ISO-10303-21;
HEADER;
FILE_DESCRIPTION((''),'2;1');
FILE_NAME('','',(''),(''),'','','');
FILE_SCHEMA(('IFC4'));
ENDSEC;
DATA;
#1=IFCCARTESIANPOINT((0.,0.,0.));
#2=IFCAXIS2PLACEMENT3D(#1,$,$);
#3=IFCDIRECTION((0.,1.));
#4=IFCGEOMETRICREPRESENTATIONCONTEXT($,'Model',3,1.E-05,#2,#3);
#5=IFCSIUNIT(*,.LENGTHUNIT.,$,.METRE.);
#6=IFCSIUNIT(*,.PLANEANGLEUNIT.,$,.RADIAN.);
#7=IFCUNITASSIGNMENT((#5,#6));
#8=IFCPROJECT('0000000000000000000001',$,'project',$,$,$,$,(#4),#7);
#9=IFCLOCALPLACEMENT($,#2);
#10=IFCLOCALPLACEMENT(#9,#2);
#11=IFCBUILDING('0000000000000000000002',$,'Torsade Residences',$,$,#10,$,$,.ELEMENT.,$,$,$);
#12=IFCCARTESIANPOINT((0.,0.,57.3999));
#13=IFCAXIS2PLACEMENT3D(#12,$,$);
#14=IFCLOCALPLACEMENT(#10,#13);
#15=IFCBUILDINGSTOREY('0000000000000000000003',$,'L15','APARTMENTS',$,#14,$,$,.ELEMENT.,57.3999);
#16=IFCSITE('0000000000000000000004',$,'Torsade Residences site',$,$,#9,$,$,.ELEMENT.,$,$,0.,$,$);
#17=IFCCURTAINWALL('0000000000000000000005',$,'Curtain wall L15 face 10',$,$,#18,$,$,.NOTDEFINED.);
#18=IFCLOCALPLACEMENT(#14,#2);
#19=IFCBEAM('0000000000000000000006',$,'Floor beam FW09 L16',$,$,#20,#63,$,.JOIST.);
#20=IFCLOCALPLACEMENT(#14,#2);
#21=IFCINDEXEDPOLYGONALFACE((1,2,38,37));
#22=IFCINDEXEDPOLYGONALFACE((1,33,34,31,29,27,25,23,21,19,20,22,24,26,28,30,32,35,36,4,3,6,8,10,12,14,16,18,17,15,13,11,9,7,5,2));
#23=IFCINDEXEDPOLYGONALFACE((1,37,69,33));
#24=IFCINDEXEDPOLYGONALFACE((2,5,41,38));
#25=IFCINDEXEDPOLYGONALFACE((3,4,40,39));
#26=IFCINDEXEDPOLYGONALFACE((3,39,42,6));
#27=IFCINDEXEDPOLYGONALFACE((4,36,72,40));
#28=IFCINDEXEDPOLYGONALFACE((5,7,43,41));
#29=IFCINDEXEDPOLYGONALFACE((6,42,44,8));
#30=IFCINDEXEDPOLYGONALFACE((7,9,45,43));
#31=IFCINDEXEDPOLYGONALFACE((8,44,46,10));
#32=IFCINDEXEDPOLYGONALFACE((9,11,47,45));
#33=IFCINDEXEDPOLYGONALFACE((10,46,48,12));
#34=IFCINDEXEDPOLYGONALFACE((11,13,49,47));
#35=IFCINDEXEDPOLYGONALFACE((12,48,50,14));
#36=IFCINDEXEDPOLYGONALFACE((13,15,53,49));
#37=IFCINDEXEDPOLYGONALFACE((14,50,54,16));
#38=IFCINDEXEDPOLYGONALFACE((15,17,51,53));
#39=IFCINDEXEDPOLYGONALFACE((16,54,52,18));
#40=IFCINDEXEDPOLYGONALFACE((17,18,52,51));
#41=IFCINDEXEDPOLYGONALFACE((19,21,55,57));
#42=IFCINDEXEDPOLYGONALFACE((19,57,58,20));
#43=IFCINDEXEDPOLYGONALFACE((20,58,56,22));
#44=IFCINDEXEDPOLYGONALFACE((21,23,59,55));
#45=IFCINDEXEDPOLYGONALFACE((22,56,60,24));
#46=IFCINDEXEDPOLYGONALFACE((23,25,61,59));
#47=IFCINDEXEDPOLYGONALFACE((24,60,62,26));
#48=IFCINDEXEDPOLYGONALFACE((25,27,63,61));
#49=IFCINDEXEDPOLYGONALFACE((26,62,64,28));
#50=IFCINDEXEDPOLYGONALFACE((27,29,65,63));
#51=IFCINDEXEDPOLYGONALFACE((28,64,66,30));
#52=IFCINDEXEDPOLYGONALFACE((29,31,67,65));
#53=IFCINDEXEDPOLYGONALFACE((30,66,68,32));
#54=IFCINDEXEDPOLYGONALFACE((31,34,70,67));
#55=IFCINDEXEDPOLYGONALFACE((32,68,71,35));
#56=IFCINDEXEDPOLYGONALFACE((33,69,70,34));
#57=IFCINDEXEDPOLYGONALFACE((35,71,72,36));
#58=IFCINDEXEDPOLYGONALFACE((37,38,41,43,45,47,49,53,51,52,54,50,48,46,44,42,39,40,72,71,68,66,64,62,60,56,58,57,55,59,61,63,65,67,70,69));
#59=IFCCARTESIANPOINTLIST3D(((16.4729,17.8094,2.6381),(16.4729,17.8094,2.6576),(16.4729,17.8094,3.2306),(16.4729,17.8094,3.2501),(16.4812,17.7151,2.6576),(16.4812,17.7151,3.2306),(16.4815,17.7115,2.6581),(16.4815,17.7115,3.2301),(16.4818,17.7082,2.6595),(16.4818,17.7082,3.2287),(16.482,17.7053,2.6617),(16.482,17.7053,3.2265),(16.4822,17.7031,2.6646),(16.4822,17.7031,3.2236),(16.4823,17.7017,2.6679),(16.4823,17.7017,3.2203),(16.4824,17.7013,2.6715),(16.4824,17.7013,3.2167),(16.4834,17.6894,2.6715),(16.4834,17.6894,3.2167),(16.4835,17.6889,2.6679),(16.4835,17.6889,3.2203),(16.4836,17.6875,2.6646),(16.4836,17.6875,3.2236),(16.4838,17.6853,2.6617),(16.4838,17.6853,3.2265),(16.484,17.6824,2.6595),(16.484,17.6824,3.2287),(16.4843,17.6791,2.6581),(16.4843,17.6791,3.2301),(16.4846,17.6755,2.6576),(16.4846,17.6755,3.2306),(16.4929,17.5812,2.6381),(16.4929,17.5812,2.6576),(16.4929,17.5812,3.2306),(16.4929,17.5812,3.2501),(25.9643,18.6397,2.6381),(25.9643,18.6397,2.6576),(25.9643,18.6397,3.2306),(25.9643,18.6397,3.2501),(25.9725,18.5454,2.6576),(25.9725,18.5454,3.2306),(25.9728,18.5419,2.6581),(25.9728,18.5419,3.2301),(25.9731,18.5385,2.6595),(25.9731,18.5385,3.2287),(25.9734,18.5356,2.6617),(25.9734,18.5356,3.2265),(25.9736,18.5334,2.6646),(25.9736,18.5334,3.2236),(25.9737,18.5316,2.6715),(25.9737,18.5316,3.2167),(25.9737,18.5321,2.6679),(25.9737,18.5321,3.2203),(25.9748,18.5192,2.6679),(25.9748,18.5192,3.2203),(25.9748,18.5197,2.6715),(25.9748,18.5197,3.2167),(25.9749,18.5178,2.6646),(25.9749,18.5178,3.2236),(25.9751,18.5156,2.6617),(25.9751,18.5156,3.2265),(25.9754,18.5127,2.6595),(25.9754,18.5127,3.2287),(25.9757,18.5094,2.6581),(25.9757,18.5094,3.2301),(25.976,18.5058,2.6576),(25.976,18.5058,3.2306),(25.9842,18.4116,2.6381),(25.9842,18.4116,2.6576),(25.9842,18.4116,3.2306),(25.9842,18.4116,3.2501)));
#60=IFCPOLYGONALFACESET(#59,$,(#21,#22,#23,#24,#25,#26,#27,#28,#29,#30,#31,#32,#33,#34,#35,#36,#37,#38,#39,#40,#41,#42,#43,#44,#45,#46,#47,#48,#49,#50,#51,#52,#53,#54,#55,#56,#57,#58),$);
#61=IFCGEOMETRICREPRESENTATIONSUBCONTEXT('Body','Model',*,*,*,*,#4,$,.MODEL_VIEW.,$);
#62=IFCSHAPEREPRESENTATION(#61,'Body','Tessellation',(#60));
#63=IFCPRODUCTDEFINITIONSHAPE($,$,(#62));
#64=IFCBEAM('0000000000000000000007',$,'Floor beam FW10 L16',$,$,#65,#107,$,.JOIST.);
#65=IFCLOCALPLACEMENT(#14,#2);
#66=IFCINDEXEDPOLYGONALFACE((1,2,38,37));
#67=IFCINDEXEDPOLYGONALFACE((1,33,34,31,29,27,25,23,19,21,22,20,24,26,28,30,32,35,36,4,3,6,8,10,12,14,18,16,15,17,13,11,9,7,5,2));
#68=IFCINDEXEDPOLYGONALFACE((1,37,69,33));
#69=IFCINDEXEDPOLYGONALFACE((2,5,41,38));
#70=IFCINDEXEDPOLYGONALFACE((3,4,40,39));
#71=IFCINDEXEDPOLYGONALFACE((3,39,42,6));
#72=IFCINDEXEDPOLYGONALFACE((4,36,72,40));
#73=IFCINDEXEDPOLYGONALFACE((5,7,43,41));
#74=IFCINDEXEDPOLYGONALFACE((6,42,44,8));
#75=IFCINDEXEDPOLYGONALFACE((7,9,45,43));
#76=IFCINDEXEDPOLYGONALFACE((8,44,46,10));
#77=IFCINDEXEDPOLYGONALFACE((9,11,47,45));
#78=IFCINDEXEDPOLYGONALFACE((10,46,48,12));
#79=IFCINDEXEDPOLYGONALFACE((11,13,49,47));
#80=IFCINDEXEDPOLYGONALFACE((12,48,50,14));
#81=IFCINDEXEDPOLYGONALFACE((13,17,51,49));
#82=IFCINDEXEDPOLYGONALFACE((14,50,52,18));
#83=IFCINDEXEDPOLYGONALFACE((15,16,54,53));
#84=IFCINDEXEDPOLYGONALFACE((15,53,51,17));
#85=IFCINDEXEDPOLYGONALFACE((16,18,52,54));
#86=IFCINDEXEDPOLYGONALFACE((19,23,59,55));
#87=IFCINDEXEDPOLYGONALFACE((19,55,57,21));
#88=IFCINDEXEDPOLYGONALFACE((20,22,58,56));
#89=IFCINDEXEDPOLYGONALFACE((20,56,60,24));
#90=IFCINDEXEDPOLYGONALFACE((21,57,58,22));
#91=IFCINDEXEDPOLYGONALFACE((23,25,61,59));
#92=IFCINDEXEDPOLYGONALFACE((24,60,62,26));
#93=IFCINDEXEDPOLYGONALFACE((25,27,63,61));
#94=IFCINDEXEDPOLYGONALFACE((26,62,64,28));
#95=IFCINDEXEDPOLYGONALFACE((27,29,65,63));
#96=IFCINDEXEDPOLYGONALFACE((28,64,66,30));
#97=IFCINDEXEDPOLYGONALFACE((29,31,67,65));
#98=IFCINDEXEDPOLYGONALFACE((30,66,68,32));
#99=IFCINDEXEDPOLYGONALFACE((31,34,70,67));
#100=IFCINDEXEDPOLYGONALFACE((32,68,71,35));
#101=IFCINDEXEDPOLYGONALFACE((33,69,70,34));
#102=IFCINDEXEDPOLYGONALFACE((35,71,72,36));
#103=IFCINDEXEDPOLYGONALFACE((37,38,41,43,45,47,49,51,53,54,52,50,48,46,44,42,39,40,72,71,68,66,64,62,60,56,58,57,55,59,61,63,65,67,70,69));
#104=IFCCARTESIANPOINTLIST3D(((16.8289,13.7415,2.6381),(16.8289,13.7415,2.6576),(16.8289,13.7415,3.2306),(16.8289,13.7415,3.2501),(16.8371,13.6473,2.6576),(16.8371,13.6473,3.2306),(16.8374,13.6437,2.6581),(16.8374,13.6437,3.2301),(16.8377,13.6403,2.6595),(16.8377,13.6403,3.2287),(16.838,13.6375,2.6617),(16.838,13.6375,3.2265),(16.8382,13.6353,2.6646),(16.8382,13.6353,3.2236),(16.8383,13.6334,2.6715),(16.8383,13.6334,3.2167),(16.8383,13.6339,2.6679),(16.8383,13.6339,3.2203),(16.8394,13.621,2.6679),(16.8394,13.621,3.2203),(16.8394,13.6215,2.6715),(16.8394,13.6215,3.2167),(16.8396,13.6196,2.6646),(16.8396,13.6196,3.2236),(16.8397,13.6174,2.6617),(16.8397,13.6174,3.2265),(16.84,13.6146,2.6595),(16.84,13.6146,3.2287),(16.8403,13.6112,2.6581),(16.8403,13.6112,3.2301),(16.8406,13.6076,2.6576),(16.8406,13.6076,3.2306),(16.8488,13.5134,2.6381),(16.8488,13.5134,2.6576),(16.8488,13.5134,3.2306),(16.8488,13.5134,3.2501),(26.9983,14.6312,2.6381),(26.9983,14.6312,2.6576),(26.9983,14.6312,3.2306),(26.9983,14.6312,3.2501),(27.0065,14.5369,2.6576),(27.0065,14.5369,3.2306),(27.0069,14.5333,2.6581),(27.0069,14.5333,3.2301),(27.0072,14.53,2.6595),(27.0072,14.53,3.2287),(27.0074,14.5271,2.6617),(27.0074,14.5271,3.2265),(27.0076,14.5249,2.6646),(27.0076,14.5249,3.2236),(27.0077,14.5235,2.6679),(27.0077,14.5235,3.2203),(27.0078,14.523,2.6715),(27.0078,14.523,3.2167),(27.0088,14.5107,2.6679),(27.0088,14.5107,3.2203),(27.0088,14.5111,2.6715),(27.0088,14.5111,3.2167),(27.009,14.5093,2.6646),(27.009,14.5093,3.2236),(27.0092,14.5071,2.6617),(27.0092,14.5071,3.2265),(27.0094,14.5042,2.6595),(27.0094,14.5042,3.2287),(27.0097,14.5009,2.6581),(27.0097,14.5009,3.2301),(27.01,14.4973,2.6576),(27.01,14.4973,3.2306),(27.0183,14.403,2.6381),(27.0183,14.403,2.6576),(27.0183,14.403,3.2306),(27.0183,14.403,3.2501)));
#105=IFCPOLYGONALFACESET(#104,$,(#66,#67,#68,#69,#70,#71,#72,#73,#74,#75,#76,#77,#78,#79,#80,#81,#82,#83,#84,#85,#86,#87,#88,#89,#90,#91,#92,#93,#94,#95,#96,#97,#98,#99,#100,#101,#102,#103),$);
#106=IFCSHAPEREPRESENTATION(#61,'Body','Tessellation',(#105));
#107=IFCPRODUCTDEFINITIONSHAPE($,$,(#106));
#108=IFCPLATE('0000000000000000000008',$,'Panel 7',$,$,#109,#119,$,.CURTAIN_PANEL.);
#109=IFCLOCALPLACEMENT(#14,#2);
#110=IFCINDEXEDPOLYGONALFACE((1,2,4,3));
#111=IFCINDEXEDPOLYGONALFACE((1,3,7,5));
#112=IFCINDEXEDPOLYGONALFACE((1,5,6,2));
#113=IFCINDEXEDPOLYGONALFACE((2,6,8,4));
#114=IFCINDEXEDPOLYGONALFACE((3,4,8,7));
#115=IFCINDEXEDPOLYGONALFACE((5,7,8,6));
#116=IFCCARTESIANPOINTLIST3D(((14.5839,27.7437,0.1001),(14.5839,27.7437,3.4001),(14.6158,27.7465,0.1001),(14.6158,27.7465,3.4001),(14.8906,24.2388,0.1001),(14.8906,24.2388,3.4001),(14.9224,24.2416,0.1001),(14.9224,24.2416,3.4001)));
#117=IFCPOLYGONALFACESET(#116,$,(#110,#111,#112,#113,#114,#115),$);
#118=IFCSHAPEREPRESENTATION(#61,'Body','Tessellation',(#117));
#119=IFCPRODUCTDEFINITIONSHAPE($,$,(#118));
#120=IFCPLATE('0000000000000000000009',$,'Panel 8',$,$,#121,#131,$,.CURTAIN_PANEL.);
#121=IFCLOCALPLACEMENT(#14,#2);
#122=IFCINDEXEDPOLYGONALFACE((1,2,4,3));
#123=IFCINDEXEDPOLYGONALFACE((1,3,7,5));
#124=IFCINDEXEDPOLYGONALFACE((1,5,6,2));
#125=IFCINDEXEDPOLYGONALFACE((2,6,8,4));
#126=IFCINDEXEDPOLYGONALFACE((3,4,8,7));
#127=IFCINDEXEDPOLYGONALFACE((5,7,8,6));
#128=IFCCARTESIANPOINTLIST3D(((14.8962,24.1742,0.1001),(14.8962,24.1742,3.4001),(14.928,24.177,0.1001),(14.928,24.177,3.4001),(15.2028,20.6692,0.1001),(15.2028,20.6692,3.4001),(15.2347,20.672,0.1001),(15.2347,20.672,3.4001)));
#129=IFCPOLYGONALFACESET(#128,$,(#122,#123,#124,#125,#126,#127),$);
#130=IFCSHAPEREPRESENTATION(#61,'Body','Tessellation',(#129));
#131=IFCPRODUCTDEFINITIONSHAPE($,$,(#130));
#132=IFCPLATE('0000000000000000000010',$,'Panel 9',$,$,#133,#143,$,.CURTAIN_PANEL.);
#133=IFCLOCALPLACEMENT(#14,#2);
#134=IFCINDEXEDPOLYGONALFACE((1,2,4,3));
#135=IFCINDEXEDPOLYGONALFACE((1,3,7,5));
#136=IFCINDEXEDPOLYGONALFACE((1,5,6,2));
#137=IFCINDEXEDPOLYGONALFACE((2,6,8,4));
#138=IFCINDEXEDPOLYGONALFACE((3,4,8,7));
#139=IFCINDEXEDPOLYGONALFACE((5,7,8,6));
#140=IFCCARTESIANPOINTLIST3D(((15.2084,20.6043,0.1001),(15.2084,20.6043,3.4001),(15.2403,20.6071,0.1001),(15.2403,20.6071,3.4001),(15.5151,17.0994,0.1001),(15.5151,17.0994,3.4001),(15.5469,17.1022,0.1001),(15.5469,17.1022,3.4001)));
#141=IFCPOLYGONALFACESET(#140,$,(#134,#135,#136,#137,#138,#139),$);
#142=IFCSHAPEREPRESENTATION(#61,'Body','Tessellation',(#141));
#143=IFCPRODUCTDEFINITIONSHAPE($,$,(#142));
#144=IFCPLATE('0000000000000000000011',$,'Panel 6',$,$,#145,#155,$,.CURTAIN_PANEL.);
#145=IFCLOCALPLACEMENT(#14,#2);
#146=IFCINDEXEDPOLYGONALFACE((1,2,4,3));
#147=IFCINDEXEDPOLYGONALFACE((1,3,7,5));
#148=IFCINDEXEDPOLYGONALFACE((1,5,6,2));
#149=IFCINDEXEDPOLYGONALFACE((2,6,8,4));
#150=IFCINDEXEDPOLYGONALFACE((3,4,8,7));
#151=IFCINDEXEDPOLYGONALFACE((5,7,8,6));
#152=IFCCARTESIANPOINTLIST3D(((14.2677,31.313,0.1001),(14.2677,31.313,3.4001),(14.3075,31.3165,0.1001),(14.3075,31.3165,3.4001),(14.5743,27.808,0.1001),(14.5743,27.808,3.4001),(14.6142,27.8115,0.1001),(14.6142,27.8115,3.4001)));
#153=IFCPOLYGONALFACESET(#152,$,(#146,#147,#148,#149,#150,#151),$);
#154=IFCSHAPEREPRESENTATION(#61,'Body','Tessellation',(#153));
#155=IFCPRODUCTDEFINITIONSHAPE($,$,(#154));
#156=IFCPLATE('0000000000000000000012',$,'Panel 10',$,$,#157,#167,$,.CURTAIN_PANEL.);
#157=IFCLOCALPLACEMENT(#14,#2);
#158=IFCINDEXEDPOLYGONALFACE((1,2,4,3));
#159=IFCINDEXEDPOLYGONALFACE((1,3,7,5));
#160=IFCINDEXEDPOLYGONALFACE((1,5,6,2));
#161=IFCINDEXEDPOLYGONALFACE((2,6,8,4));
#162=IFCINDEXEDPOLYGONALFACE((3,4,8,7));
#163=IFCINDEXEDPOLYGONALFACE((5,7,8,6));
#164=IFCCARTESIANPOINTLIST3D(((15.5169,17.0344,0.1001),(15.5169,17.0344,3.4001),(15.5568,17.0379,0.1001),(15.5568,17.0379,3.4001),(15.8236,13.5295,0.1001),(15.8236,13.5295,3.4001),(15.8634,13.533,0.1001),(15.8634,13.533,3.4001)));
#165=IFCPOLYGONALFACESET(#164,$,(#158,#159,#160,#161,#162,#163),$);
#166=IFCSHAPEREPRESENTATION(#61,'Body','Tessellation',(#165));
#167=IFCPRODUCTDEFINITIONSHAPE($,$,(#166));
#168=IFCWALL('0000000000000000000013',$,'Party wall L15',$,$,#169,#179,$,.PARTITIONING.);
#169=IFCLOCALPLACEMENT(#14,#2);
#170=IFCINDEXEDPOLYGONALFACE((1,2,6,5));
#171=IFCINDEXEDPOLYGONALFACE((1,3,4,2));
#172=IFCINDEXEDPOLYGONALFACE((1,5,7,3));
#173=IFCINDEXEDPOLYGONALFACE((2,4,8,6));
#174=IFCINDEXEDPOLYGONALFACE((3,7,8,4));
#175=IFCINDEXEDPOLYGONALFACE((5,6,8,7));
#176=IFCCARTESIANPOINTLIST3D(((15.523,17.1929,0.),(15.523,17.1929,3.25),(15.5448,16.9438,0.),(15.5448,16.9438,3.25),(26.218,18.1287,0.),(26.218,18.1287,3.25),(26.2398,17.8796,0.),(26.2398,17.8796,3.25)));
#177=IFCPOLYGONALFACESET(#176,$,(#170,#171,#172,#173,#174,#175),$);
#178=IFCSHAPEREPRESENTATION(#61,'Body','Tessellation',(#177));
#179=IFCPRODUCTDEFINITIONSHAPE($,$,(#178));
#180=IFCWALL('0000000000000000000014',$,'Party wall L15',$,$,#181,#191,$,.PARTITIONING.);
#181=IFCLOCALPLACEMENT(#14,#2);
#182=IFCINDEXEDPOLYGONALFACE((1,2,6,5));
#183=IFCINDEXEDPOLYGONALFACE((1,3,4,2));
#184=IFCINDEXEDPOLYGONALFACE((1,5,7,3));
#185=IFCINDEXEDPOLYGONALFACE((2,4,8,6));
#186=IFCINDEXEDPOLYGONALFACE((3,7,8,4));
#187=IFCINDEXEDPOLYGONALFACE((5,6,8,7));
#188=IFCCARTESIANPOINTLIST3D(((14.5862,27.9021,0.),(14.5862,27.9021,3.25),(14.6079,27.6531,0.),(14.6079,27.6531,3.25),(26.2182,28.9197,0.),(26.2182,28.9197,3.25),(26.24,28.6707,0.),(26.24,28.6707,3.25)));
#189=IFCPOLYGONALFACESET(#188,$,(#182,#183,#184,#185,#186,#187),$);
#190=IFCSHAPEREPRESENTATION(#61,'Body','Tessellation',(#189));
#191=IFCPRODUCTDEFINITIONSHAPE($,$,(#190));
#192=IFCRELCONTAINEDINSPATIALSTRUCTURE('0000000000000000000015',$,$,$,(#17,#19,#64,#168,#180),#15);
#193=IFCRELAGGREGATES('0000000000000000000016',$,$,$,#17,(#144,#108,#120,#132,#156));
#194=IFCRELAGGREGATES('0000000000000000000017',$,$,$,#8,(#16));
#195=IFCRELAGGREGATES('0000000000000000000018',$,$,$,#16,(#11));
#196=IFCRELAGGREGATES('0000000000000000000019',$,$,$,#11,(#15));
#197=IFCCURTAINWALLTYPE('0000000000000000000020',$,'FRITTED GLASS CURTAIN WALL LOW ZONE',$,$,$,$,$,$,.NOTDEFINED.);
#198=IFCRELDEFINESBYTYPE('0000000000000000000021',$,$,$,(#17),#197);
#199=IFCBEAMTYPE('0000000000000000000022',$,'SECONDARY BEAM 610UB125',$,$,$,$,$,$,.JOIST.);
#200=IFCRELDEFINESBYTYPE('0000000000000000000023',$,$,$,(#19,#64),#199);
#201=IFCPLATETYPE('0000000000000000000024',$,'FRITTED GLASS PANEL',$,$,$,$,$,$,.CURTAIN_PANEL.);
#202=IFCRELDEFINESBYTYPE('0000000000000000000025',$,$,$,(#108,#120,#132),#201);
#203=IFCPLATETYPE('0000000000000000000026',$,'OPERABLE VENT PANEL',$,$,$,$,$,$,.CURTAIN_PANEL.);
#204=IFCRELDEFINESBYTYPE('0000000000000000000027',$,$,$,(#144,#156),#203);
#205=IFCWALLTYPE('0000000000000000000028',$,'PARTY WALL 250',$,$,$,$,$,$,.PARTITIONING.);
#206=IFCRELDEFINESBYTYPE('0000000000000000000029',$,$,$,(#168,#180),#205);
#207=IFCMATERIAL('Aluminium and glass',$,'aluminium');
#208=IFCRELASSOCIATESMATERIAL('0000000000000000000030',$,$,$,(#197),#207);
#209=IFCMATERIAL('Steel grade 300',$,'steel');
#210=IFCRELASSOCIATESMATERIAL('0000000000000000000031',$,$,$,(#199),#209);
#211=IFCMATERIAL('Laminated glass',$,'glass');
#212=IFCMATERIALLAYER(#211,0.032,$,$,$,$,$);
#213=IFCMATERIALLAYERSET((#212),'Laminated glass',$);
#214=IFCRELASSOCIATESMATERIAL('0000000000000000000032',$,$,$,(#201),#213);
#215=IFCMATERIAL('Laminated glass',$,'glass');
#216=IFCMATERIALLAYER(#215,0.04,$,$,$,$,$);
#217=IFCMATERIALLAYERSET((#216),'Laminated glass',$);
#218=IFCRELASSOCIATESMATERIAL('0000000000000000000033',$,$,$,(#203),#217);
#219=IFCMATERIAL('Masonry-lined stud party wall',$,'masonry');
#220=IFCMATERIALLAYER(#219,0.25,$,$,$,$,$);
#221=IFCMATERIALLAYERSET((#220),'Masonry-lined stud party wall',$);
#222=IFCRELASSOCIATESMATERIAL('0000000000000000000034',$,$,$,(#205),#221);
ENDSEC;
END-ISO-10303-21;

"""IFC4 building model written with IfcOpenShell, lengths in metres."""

from ifc_helpers import new_model, si_unit, direction, frame, frame_2d, origin, origin_2d, place, context, subcontext, project, spatial, rectangle, i_section, extrude, material, layer, layer_set, material_profile, profile_set, type_object, element, aggregate, save


model = new_model("IFC4")

# Units and contexts
model_context = context("Model", 3, precision=1e-05, world=origin(), true_north=direction((0.0, 1.0)))
body_context = subcontext(model_context, "Body", "Model", "MODEL_VIEW")
ifc_project = project(units=[si_unit("LENGTHUNIT", "METRE"), si_unit("PLANEANGLEUNIT", "RADIAN")], contexts=[model_context])

# Site, building, storey
site_placement = place(None, origin())
site = spatial("IfcSite", under=ifc_project, at=site_placement, Name="Torsade Residences site", CompositionType="ELEMENT", RefElevation=0.0)
building_placement = place(site_placement, origin())
building = spatial("IfcBuilding", under=site, at=building_placement, Name="Torsade Residences", CompositionType="ELEMENT")
storey_placement = place(building_placement, frame((0.0, 0.0, 57.3999)))
storey = spatial("IfcBuildingStorey", under=building, at=storey_placement, Name="L15", Description="APARTMENTS", CompositionType="ELEMENT", Elevation=57.3999)

# Curtain wall
ifc_material_1 = material(Name="Aluminium and glass", Category="aluminium")
curtain_wall_type = type_object("IfcCurtainWallType", Name="FRITTED GLASS CURTAIN WALL LOW ZONE", PredefinedType="NOTDEFINED", material=ifc_material_1)
curtain_wall_placement = place(storey_placement, origin())
curtain_wall = element("IfcCurtainWall", 1, at=curtain_wall_placement, inside=storey, type_object=curtain_wall_type, Name="Curtain wall L15 face 10", PredefinedType="NOTDEFINED")

# Beams
ifc_material_2 = material(Name="Steel grade 300", Category="steel")
ifc_material_profile_1 = material_profile(ifc_material_2, i_section(OverallWidth=0.229, OverallDepth=0.6121, WebThickness=0.012, FlangeThickness=0.0195, FilletRadius=0.0139, at=origin_2d()), Name="610UB125")
ifc_profile_set_1 = profile_set([ifc_material_profile_1], Name="Steel grade 300")
beam_type_1 = type_object("IfcBeamType", Name="SECONDARY BEAM 610UB125", PredefinedType="JOIST", material=ifc_profile_set_1)
beam_1_placement = place(storey_placement, frame((16.4829, 17.6953, 2.9441), z_axis=(0.996195, 0.087148, 0.0), x_axis=(-0.087148, 0.996195, 0.0)))
element("IfcBeam", 2, at=beam_1_placement, inside=storey, type_object=beam_type_1, Name="Floor beam FW09 L16", PredefinedType="JOIST", context=body_context, shape_type="SweptSolid", body=[
    extrude(i_section(OverallWidth=0.229, OverallDepth=0.6121, WebThickness=0.012, FlangeThickness=0.0195, FilletRadius=0.0139, at=origin_2d()), origin(), (0.0, 0.0, 1.0), 9.5276),
])
beam_2_placement = place(storey_placement, frame((16.8389, 13.6274, 2.9441), z_axis=(0.996195, 0.08715, 0.0), x_axis=(-0.08715, 0.996195, 0.0)))
element("IfcBeam", 3, at=beam_2_placement, inside=storey, type_object=beam_type_1, Name="Floor beam FW10 L16", PredefinedType="JOIST", context=body_context, shape_type="SweptSolid", body=[
    extrude(i_section(OverallWidth=0.229, OverallDepth=0.6121, WebThickness=0.012, FlangeThickness=0.0195, FilletRadius=0.0139, at=origin_2d()), origin(), (0.0, 0.0, 1.0), 10.2083),
])

# Plates
ifc_material_3 = material(Name="Laminated glass", Category="glass")
ifc_layer_1 = layer(ifc_material_3, 0.032)
ifc_layer_set_1 = layer_set([ifc_layer_1], Name="Laminated glass")
plate_type_1 = type_object("IfcPlateType", Name="FRITTED GLASS PANEL", PredefinedType="CURTAIN_PANEL", material=ifc_layer_set_1)
plate_1_placement = place(storey_placement, frame((14.7532, 25.9927, 0.1001), z_axis=(0.0, 0.0, 1.0), x_axis=(0.087156, -0.996195, 0.0)))
plate_1 = element("IfcPlate", 4, at=plate_1_placement, type_object=plate_type_1, Name="Panel 7", PredefinedType="CURTAIN_PANEL", context=body_context, shape_type="SweptSolid", body=[
    extrude(rectangle(XDim=3.5183, YDim=0.032, at=origin_2d()), origin(), (0.0, 0.0, 1.0), 3.3),
])
plate_2_placement = place(storey_placement, frame((15.0654, 22.4231, 0.1001), z_axis=(0.0, 0.0, 1.0), x_axis=(0.087156, -0.996195, 0.0)))
plate_2 = element("IfcPlate", 5, at=plate_2_placement, type_object=plate_type_1, Name="Panel 8", PredefinedType="CURTAIN_PANEL", context=body_context, shape_type="SweptSolid", body=[
    extrude(rectangle(XDim=3.5183, YDim=0.032, at=origin_2d()), origin(), (0.0, 0.0, 1.0), 3.3),
])
plate_3_placement = place(storey_placement, frame((15.3777, 18.8533, 0.1001), z_axis=(0.0, 0.0, 1.0), x_axis=(0.087156, -0.996195, 0.0)))
plate_3 = element("IfcPlate", 6, at=plate_3_placement, type_object=plate_type_1, Name="Panel 9", PredefinedType="CURTAIN_PANEL", context=body_context, shape_type="SweptSolid", body=[
    extrude(rectangle(XDim=3.5183, YDim=0.032, at=origin_2d()), origin(), (0.0, 0.0, 1.0), 3.3),
])
ifc_material_4 = material(Name="Laminated glass", Category="glass")
ifc_layer_2 = layer(ifc_material_4, 0.04)
ifc_layer_set_2 = layer_set([ifc_layer_2], Name="Laminated glass")
plate_type_2 = type_object("IfcPlateType", Name="OPERABLE VENT PANEL", PredefinedType="CURTAIN_PANEL", material=ifc_layer_set_2)
plate_4_placement = place(storey_placement, frame((14.4409, 29.5623, 0.1001), z_axis=(0.0, 0.0, 1.0), x_axis=(0.087156, -0.996195, 0.0)))
plate_4 = element("IfcPlate", 7, at=plate_4_placement, type_object=plate_type_2, Name="Panel 6", PredefinedType="CURTAIN_PANEL", context=body_context, shape_type="SweptSolid", body=[
    extrude(rectangle(XDim=3.5183, YDim=0.04, at=origin_2d()), origin(), (0.0, 0.0, 1.0), 3.3),
])
plate_5_placement = place(storey_placement, frame((15.6902, 15.2837, 0.1001), z_axis=(0.0, 0.0, 1.0), x_axis=(0.087156, -0.996195, 0.0)))
plate_5 = element("IfcPlate", 8, at=plate_5_placement, type_object=plate_type_2, Name="Panel 10", PredefinedType="CURTAIN_PANEL", context=body_context, shape_type="SweptSolid", body=[
    extrude(rectangle(XDim=3.5183, YDim=0.04, at=origin_2d()), origin(), (0.0, 0.0, 1.0), 3.3),
])
aggregate(curtain_wall, [plate_4, plate_1, plate_2, plate_3, plate_5])

# Walls
ifc_material_5 = material(Name="Masonry-lined stud party wall", Category="masonry")
ifc_layer_3 = layer(ifc_material_5, 0.25)
ifc_layer_set_3 = layer_set([ifc_layer_3], Name="Masonry-lined stud party wall")
wall_type = type_object("IfcWallType", Name="PARTY WALL 250", PredefinedType="PARTITIONING", material=ifc_layer_set_3)
wall_1_placement = place(storey_placement, frame((15.5339, 17.0684, 0.0), z_axis=(0.0, 0.0, 1.0), x_axis=(0.996194, 0.087164, 0.0)))
element("IfcWall", 9, at=wall_1_placement, inside=storey, type_object=wall_type, Name="Party wall L15", PredefinedType="PARTITIONING", context=body_context, shape_type="SweptSolid", body=[
    extrude(rectangle(XDim=10.7358, YDim=0.25, at=frame_2d((5.3679, 0.0))), origin(), (0.0, 0.0, 1.0), 3.25),
])
wall_2_placement = place(storey_placement, frame((14.5969, 27.7776, 0.0), z_axis=(0.0, 0.0, 1.0), x_axis=(0.996195, 0.087147, 0.0)))
element("IfcWall", 10, at=wall_2_placement, inside=storey, type_object=wall_type, Name="Party wall L15", PredefinedType="PARTITIONING", context=body_context, shape_type="SweptSolid", body=[
    extrude(rectangle(XDim=11.6765, YDim=0.25, at=frame_2d((5.8384, 0.0))), origin(), (0.0, 0.0, 1.0), 3.25),
])

save(model, "model.ifc")
